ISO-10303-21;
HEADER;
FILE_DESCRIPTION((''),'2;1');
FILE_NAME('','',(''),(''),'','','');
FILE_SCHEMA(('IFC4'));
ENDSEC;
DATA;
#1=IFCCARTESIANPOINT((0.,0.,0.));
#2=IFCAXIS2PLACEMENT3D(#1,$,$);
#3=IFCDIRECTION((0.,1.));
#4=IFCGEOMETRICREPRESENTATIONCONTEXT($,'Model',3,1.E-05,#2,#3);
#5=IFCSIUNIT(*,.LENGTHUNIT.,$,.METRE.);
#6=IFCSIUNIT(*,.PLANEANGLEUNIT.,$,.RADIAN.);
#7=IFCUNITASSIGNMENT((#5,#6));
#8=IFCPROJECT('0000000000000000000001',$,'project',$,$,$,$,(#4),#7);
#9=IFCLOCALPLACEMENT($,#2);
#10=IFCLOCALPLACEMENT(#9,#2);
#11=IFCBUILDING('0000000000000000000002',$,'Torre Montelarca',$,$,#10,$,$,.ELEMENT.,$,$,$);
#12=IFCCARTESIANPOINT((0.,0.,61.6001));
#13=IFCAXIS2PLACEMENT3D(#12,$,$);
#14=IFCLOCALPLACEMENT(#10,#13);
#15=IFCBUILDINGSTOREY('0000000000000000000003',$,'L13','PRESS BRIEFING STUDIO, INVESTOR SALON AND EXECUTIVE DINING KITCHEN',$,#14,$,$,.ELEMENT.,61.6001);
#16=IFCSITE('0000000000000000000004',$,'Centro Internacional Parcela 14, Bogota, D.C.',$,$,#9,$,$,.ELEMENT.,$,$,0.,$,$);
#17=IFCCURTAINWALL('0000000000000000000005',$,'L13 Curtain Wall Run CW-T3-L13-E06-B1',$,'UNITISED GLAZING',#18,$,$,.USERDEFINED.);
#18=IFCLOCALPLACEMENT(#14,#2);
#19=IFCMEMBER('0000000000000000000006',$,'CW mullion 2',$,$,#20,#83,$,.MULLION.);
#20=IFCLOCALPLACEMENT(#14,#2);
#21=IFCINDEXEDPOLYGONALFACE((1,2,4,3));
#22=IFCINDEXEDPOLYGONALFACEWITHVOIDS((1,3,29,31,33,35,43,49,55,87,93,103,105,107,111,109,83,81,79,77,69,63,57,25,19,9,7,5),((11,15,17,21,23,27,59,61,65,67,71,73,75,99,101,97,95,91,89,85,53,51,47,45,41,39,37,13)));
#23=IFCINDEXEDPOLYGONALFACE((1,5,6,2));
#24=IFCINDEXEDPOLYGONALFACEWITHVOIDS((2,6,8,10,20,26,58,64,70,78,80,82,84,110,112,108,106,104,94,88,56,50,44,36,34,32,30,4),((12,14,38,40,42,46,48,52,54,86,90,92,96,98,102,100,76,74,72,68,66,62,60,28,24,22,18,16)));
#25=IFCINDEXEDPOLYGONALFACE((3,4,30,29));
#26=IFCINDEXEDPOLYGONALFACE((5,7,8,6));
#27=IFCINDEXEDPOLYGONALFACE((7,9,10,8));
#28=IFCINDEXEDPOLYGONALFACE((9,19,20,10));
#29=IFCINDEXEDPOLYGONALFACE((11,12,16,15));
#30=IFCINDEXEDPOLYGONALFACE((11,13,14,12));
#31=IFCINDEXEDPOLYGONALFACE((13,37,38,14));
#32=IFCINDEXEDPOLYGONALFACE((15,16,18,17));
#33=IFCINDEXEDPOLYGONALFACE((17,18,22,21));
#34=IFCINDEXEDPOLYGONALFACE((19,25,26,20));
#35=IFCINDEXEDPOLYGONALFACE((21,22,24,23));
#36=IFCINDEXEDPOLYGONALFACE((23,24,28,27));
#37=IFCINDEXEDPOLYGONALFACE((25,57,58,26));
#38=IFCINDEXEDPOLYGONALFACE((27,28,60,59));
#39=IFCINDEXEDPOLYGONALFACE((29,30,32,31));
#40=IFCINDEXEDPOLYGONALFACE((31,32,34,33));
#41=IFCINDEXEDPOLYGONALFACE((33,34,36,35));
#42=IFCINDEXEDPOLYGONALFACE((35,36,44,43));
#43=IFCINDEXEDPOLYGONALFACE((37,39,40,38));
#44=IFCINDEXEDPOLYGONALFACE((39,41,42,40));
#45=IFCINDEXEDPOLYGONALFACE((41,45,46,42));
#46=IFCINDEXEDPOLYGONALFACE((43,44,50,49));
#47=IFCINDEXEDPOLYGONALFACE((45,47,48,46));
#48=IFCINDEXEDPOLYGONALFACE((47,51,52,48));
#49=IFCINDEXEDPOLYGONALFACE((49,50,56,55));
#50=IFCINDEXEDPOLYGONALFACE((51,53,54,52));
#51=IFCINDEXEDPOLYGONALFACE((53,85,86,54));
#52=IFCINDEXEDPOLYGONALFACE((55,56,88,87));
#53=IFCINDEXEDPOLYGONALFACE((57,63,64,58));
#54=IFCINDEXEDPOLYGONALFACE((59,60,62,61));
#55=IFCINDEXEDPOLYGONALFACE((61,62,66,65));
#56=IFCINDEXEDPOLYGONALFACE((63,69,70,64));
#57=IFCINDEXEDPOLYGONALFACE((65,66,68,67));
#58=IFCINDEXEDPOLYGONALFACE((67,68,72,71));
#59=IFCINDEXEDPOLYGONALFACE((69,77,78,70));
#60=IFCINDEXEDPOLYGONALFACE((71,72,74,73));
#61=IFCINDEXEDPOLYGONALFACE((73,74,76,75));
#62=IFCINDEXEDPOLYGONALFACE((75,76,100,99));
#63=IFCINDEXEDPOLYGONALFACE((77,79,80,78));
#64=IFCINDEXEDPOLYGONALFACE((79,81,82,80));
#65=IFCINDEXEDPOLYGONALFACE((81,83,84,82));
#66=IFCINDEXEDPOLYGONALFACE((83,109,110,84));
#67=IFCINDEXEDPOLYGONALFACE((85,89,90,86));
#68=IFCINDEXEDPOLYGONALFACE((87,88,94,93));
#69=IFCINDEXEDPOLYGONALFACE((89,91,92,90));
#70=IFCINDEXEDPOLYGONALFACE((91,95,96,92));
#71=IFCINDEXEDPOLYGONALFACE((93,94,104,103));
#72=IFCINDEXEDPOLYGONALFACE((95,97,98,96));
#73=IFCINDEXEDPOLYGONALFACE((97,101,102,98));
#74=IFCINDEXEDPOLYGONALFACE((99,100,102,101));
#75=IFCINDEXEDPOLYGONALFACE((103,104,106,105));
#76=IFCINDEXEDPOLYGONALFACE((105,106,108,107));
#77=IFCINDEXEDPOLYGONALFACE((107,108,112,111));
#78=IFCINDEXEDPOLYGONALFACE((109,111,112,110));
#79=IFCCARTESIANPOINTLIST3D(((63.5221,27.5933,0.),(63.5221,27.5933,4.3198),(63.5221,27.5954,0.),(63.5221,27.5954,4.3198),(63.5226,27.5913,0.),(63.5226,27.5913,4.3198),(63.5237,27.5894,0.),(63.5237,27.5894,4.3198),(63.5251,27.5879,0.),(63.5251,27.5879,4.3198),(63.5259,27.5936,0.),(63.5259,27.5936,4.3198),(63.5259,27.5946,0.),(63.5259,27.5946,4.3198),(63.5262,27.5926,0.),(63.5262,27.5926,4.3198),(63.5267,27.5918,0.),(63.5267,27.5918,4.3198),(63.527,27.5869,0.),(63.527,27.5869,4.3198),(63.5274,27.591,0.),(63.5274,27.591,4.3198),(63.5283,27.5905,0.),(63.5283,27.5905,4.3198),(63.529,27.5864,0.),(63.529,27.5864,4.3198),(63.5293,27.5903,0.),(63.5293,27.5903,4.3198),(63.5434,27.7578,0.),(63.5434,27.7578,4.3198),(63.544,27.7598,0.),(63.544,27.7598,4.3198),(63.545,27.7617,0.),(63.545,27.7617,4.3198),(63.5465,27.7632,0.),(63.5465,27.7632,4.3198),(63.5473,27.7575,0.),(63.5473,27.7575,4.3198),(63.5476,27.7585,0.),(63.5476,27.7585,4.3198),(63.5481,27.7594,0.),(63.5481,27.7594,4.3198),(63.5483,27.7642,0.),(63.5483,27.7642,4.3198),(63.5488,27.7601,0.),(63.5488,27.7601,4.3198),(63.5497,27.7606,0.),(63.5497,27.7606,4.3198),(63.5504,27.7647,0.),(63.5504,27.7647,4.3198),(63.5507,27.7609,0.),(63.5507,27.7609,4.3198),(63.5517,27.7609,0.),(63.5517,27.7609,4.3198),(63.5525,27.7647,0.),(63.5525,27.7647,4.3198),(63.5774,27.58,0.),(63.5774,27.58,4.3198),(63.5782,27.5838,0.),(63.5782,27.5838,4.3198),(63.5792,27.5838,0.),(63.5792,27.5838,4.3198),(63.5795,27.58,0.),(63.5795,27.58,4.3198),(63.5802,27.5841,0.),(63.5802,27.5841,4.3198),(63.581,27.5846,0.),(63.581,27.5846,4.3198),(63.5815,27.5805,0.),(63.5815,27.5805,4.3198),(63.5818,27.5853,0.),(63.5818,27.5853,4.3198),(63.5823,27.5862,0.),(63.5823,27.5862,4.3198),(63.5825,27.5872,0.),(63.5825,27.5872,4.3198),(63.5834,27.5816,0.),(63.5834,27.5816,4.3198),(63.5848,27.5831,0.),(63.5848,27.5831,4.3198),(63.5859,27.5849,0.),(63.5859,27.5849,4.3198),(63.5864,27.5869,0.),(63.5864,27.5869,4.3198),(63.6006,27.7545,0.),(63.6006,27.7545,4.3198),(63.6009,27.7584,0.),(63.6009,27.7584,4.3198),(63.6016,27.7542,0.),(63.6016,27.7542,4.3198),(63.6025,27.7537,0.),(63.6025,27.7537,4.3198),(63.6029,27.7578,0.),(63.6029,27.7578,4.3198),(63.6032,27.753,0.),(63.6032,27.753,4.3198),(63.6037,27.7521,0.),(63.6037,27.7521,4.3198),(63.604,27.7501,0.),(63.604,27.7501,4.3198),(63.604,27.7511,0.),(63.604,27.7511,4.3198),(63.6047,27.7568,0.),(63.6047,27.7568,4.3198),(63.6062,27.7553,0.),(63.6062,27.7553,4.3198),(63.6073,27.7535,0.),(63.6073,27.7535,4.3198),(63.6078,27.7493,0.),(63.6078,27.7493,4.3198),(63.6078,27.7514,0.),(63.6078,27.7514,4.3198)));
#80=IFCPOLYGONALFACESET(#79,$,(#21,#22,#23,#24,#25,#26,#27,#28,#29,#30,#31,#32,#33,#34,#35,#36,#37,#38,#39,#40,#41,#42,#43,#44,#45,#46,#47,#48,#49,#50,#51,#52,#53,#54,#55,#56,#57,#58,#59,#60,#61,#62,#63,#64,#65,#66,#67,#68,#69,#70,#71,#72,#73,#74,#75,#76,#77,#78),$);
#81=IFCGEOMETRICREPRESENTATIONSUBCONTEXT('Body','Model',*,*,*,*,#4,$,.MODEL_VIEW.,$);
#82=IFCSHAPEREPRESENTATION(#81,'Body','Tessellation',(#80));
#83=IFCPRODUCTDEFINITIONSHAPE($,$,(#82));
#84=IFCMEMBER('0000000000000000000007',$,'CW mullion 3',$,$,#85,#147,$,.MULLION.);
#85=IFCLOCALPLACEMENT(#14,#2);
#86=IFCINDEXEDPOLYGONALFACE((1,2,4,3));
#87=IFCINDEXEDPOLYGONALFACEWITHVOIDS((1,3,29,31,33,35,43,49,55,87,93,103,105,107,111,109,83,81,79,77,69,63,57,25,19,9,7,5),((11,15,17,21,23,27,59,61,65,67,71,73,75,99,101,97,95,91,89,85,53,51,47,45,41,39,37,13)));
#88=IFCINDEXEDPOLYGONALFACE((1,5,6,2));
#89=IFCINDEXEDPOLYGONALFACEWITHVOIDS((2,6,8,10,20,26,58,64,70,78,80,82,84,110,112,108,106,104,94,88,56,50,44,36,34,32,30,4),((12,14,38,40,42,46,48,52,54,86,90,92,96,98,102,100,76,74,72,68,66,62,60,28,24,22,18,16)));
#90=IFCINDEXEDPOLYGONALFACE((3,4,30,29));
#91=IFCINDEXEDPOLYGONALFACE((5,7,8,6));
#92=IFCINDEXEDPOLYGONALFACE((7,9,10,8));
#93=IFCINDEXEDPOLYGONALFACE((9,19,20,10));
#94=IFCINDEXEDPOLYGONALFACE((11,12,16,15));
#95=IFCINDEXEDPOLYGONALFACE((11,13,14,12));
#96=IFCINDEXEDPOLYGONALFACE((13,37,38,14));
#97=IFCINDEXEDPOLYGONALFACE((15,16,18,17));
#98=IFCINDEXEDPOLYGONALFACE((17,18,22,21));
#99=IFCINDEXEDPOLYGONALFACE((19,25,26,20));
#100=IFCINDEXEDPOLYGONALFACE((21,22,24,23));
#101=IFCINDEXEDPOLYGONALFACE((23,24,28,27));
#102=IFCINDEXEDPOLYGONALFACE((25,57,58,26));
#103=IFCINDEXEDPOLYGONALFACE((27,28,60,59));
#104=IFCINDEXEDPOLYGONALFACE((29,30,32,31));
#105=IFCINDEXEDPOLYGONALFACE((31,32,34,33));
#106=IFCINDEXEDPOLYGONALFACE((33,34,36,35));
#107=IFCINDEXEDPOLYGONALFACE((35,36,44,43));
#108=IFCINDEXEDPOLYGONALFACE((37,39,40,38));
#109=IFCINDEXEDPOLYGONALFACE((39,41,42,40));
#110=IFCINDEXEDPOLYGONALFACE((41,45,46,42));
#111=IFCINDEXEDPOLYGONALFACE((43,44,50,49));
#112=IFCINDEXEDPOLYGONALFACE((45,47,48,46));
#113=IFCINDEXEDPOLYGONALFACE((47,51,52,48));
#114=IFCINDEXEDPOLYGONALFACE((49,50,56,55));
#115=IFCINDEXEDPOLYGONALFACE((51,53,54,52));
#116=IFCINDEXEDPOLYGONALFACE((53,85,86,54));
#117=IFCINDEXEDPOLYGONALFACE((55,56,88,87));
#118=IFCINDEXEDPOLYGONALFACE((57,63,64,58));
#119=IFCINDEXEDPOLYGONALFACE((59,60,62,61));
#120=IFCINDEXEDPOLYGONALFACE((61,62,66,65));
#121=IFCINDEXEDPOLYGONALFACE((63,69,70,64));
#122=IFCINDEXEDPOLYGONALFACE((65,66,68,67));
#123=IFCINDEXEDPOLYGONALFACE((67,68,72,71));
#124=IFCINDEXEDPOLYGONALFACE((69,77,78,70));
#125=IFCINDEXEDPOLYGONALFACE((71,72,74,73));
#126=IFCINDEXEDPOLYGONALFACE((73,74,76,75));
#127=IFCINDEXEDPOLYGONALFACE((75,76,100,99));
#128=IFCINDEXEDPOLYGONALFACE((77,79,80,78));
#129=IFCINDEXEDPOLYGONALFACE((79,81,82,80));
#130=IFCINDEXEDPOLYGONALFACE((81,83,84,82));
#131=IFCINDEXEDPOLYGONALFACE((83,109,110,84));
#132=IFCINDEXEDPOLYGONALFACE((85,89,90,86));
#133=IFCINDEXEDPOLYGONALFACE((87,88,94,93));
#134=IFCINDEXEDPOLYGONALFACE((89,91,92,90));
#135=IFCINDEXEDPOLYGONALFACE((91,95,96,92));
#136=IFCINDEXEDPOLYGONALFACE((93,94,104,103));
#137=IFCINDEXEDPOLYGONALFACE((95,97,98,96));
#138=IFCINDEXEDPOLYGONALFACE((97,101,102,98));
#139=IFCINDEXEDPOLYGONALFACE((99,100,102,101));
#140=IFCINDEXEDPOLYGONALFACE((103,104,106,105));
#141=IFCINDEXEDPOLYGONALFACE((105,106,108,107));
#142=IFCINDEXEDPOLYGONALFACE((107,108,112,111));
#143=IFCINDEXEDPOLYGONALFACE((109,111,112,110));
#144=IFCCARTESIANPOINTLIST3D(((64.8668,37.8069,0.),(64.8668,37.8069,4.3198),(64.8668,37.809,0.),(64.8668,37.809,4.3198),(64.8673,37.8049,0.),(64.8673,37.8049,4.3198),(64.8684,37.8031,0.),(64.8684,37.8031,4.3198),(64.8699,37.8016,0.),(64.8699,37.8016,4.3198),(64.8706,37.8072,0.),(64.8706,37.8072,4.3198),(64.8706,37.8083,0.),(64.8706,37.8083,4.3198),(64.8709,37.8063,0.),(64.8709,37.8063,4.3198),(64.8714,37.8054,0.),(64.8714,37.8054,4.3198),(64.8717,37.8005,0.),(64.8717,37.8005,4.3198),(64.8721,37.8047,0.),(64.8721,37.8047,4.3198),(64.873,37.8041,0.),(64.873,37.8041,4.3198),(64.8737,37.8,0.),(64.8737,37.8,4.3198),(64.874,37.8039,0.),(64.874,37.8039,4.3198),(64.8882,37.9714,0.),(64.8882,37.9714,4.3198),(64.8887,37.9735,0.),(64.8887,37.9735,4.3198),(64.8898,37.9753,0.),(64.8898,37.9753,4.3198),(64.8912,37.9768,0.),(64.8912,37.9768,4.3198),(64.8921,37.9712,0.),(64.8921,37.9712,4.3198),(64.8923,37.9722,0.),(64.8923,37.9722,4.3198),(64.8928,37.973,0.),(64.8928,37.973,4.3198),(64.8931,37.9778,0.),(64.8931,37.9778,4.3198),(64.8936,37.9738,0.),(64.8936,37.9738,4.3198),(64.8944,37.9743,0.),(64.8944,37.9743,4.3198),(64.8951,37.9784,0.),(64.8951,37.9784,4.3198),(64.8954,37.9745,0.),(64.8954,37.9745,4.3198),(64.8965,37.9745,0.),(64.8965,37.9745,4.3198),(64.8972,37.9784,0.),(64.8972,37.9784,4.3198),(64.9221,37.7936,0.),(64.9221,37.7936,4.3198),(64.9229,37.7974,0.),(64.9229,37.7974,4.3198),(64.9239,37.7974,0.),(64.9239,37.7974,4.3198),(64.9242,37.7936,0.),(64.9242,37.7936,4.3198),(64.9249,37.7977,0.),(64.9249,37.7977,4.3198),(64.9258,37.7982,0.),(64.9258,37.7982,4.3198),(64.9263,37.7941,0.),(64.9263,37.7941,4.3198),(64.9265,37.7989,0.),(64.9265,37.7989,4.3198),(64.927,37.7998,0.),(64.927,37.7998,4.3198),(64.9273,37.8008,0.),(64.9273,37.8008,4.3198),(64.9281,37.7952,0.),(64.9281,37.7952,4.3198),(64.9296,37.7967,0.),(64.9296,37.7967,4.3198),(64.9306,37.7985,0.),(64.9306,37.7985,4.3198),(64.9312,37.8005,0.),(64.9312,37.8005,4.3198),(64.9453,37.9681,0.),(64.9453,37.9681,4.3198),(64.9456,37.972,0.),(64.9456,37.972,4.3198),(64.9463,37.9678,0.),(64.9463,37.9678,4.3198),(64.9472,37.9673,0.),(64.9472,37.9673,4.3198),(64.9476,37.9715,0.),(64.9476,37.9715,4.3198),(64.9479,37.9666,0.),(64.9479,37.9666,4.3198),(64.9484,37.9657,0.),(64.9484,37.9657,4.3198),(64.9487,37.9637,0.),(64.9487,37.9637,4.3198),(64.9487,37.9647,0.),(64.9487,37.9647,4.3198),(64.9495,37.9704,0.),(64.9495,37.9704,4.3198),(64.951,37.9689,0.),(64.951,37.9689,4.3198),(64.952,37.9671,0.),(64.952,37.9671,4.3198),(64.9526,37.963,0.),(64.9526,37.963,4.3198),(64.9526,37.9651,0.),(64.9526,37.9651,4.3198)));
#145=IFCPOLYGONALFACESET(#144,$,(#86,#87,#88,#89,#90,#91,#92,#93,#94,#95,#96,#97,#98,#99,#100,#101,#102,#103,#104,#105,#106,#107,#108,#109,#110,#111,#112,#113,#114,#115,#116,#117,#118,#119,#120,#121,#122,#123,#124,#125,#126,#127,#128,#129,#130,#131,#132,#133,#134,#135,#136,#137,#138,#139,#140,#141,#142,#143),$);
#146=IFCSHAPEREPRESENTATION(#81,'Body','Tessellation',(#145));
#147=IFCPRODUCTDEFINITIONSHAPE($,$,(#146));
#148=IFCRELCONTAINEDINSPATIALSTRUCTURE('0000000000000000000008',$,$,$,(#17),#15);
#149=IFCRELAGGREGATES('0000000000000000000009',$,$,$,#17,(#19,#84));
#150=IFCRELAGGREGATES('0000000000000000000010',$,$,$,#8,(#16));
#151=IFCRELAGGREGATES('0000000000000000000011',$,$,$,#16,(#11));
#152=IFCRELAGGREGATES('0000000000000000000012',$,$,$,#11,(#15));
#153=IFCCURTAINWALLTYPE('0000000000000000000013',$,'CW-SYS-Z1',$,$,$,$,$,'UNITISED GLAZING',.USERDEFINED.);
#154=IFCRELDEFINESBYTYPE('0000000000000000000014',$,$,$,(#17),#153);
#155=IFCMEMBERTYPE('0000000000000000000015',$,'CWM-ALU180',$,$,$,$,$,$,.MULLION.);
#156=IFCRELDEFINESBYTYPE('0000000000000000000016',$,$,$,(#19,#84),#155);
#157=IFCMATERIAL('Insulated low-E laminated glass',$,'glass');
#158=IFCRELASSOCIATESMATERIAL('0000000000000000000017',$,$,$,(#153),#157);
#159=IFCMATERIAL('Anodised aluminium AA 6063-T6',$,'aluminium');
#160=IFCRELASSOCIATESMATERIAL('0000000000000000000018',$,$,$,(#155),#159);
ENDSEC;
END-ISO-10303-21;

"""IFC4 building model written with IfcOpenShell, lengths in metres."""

from ifc_helpers import new_model, si_unit, direction, frame, origin, origin_2d, place, context, subcontext, project, spatial, hollow_rectangle, extrude, source, transform, mapped, material, material_profile, profile_set, type_object, element, aggregate, save


model = new_model("IFC4")

# Units and contexts
model_context = context("Model", 3, precision=1e-05, world=origin(), true_north=direction((0.0, 1.0)))
body_context = subcontext(model_context, "Body", "Model", "MODEL_VIEW")
ifc_project = project(units=[si_unit("LENGTHUNIT", "METRE"), si_unit("PLANEANGLEUNIT", "RADIAN")], contexts=[model_context])

# Site, building, storey
site_placement = place(None, origin())
site = spatial("IfcSite", under=ifc_project, at=site_placement, Name="Centro Internacional Parcela 14, Bogota, D.C.", CompositionType="ELEMENT", RefElevation=0.0)
building_placement = place(site_placement, origin())
building = spatial("IfcBuilding", under=site, at=building_placement, Name="Torre Montelarca", CompositionType="ELEMENT")
storey_placement = place(building_placement, frame((0.0, 0.0, 61.6001)))
storey = spatial("IfcBuildingStorey", under=building, at=storey_placement, Name="L13", Description="PRESS BRIEFING STUDIO, INVESTOR SALON AND EXECUTIVE DINING KITCHEN", CompositionType="ELEMENT", Elevation=61.6001)

# Curtain wall, members
ifc_material_1 = material(Name="Insulated low-E laminated glass", Category="glass")
curtain_wall_type = type_object("IfcCurtainWallType", Name="CW-SYS-Z1", ElementType="UNITISED GLAZING", PredefinedType="USERDEFINED", material=ifc_material_1)
ifc_material_2 = material(Name="Anodised aluminium AA 6063-T6", Category="aluminium")
curtain_wall_1_placement = place(storey_placement, origin())
curtain_wall_1 = element("IfcCurtainWall", 1, at=curtain_wall_1_placement, inside=storey, type_object=curtain_wall_type, Name="L13 Curtain Wall Run CW-T3-L13-E06-B1", ObjectType="UNITISED GLAZING", PredefinedType="USERDEFINED")
ifc_material_profile_1 = material_profile(ifc_material_2, hollow_rectangle(XDim=0.0649, YDim=0.1799, WallThickness=0.0039, InnerFilletRadius=0.0039, OuterFilletRadius=0.0081, at=origin_2d()), Name="ALU65X180X4", Category="aluminium")
ifc_profile_set_1 = profile_set([ifc_material_profile_1], Name="Anodised aluminium AA 6063-T6")
member_type_1 = type_object("IfcMemberType", Name="CWM-ALU180", PredefinedType="MULLION", material=ifc_profile_set_1)
shared_shape_1 = source(origin(), body_context, "Body", "SweptSolid", [
    extrude(hollow_rectangle(XDim=0.0649, YDim=0.1799, WallThickness=0.0039, InnerFilletRadius=0.0039, OuterFilletRadius=0.0081, at=origin_2d()), origin(), (0.0, 0.0, 1.0), 4.3198),
])
member_1_placement = place(storey_placement, frame((63.5649, 27.6724, 0.0), z_axis=(0.0, 0.0, 1.0), x_axis=(-0.991446, 0.130519, 0.0)))
member_1 = element("IfcMember", 2, at=member_1_placement, type_object=member_type_1, Name="CW mullion 2", PredefinedType="MULLION", context=body_context, shape_type="MappedRepresentation", body=[
    mapped(shared_shape_1, transform((0.0, 0.0, 0.0), scale=1.0)),
])
member_2_placement = place(storey_placement, frame((64.9097, 37.886, 0.0), z_axis=(0.0, 0.0, 1.0), x_axis=(-0.991446, 0.130519, 0.0)))
member_2 = element("IfcMember", 3, at=member_2_placement, type_object=member_type_1, Name="CW mullion 3", PredefinedType="MULLION", context=body_context, shape_type="MappedRepresentation", body=[
    mapped(shared_shape_1, transform((0.0, 0.0, 0.0), scale=1.0)),
])

aggregate(curtain_wall_1, [member_1, member_2])

save(model, "model.ifc")
